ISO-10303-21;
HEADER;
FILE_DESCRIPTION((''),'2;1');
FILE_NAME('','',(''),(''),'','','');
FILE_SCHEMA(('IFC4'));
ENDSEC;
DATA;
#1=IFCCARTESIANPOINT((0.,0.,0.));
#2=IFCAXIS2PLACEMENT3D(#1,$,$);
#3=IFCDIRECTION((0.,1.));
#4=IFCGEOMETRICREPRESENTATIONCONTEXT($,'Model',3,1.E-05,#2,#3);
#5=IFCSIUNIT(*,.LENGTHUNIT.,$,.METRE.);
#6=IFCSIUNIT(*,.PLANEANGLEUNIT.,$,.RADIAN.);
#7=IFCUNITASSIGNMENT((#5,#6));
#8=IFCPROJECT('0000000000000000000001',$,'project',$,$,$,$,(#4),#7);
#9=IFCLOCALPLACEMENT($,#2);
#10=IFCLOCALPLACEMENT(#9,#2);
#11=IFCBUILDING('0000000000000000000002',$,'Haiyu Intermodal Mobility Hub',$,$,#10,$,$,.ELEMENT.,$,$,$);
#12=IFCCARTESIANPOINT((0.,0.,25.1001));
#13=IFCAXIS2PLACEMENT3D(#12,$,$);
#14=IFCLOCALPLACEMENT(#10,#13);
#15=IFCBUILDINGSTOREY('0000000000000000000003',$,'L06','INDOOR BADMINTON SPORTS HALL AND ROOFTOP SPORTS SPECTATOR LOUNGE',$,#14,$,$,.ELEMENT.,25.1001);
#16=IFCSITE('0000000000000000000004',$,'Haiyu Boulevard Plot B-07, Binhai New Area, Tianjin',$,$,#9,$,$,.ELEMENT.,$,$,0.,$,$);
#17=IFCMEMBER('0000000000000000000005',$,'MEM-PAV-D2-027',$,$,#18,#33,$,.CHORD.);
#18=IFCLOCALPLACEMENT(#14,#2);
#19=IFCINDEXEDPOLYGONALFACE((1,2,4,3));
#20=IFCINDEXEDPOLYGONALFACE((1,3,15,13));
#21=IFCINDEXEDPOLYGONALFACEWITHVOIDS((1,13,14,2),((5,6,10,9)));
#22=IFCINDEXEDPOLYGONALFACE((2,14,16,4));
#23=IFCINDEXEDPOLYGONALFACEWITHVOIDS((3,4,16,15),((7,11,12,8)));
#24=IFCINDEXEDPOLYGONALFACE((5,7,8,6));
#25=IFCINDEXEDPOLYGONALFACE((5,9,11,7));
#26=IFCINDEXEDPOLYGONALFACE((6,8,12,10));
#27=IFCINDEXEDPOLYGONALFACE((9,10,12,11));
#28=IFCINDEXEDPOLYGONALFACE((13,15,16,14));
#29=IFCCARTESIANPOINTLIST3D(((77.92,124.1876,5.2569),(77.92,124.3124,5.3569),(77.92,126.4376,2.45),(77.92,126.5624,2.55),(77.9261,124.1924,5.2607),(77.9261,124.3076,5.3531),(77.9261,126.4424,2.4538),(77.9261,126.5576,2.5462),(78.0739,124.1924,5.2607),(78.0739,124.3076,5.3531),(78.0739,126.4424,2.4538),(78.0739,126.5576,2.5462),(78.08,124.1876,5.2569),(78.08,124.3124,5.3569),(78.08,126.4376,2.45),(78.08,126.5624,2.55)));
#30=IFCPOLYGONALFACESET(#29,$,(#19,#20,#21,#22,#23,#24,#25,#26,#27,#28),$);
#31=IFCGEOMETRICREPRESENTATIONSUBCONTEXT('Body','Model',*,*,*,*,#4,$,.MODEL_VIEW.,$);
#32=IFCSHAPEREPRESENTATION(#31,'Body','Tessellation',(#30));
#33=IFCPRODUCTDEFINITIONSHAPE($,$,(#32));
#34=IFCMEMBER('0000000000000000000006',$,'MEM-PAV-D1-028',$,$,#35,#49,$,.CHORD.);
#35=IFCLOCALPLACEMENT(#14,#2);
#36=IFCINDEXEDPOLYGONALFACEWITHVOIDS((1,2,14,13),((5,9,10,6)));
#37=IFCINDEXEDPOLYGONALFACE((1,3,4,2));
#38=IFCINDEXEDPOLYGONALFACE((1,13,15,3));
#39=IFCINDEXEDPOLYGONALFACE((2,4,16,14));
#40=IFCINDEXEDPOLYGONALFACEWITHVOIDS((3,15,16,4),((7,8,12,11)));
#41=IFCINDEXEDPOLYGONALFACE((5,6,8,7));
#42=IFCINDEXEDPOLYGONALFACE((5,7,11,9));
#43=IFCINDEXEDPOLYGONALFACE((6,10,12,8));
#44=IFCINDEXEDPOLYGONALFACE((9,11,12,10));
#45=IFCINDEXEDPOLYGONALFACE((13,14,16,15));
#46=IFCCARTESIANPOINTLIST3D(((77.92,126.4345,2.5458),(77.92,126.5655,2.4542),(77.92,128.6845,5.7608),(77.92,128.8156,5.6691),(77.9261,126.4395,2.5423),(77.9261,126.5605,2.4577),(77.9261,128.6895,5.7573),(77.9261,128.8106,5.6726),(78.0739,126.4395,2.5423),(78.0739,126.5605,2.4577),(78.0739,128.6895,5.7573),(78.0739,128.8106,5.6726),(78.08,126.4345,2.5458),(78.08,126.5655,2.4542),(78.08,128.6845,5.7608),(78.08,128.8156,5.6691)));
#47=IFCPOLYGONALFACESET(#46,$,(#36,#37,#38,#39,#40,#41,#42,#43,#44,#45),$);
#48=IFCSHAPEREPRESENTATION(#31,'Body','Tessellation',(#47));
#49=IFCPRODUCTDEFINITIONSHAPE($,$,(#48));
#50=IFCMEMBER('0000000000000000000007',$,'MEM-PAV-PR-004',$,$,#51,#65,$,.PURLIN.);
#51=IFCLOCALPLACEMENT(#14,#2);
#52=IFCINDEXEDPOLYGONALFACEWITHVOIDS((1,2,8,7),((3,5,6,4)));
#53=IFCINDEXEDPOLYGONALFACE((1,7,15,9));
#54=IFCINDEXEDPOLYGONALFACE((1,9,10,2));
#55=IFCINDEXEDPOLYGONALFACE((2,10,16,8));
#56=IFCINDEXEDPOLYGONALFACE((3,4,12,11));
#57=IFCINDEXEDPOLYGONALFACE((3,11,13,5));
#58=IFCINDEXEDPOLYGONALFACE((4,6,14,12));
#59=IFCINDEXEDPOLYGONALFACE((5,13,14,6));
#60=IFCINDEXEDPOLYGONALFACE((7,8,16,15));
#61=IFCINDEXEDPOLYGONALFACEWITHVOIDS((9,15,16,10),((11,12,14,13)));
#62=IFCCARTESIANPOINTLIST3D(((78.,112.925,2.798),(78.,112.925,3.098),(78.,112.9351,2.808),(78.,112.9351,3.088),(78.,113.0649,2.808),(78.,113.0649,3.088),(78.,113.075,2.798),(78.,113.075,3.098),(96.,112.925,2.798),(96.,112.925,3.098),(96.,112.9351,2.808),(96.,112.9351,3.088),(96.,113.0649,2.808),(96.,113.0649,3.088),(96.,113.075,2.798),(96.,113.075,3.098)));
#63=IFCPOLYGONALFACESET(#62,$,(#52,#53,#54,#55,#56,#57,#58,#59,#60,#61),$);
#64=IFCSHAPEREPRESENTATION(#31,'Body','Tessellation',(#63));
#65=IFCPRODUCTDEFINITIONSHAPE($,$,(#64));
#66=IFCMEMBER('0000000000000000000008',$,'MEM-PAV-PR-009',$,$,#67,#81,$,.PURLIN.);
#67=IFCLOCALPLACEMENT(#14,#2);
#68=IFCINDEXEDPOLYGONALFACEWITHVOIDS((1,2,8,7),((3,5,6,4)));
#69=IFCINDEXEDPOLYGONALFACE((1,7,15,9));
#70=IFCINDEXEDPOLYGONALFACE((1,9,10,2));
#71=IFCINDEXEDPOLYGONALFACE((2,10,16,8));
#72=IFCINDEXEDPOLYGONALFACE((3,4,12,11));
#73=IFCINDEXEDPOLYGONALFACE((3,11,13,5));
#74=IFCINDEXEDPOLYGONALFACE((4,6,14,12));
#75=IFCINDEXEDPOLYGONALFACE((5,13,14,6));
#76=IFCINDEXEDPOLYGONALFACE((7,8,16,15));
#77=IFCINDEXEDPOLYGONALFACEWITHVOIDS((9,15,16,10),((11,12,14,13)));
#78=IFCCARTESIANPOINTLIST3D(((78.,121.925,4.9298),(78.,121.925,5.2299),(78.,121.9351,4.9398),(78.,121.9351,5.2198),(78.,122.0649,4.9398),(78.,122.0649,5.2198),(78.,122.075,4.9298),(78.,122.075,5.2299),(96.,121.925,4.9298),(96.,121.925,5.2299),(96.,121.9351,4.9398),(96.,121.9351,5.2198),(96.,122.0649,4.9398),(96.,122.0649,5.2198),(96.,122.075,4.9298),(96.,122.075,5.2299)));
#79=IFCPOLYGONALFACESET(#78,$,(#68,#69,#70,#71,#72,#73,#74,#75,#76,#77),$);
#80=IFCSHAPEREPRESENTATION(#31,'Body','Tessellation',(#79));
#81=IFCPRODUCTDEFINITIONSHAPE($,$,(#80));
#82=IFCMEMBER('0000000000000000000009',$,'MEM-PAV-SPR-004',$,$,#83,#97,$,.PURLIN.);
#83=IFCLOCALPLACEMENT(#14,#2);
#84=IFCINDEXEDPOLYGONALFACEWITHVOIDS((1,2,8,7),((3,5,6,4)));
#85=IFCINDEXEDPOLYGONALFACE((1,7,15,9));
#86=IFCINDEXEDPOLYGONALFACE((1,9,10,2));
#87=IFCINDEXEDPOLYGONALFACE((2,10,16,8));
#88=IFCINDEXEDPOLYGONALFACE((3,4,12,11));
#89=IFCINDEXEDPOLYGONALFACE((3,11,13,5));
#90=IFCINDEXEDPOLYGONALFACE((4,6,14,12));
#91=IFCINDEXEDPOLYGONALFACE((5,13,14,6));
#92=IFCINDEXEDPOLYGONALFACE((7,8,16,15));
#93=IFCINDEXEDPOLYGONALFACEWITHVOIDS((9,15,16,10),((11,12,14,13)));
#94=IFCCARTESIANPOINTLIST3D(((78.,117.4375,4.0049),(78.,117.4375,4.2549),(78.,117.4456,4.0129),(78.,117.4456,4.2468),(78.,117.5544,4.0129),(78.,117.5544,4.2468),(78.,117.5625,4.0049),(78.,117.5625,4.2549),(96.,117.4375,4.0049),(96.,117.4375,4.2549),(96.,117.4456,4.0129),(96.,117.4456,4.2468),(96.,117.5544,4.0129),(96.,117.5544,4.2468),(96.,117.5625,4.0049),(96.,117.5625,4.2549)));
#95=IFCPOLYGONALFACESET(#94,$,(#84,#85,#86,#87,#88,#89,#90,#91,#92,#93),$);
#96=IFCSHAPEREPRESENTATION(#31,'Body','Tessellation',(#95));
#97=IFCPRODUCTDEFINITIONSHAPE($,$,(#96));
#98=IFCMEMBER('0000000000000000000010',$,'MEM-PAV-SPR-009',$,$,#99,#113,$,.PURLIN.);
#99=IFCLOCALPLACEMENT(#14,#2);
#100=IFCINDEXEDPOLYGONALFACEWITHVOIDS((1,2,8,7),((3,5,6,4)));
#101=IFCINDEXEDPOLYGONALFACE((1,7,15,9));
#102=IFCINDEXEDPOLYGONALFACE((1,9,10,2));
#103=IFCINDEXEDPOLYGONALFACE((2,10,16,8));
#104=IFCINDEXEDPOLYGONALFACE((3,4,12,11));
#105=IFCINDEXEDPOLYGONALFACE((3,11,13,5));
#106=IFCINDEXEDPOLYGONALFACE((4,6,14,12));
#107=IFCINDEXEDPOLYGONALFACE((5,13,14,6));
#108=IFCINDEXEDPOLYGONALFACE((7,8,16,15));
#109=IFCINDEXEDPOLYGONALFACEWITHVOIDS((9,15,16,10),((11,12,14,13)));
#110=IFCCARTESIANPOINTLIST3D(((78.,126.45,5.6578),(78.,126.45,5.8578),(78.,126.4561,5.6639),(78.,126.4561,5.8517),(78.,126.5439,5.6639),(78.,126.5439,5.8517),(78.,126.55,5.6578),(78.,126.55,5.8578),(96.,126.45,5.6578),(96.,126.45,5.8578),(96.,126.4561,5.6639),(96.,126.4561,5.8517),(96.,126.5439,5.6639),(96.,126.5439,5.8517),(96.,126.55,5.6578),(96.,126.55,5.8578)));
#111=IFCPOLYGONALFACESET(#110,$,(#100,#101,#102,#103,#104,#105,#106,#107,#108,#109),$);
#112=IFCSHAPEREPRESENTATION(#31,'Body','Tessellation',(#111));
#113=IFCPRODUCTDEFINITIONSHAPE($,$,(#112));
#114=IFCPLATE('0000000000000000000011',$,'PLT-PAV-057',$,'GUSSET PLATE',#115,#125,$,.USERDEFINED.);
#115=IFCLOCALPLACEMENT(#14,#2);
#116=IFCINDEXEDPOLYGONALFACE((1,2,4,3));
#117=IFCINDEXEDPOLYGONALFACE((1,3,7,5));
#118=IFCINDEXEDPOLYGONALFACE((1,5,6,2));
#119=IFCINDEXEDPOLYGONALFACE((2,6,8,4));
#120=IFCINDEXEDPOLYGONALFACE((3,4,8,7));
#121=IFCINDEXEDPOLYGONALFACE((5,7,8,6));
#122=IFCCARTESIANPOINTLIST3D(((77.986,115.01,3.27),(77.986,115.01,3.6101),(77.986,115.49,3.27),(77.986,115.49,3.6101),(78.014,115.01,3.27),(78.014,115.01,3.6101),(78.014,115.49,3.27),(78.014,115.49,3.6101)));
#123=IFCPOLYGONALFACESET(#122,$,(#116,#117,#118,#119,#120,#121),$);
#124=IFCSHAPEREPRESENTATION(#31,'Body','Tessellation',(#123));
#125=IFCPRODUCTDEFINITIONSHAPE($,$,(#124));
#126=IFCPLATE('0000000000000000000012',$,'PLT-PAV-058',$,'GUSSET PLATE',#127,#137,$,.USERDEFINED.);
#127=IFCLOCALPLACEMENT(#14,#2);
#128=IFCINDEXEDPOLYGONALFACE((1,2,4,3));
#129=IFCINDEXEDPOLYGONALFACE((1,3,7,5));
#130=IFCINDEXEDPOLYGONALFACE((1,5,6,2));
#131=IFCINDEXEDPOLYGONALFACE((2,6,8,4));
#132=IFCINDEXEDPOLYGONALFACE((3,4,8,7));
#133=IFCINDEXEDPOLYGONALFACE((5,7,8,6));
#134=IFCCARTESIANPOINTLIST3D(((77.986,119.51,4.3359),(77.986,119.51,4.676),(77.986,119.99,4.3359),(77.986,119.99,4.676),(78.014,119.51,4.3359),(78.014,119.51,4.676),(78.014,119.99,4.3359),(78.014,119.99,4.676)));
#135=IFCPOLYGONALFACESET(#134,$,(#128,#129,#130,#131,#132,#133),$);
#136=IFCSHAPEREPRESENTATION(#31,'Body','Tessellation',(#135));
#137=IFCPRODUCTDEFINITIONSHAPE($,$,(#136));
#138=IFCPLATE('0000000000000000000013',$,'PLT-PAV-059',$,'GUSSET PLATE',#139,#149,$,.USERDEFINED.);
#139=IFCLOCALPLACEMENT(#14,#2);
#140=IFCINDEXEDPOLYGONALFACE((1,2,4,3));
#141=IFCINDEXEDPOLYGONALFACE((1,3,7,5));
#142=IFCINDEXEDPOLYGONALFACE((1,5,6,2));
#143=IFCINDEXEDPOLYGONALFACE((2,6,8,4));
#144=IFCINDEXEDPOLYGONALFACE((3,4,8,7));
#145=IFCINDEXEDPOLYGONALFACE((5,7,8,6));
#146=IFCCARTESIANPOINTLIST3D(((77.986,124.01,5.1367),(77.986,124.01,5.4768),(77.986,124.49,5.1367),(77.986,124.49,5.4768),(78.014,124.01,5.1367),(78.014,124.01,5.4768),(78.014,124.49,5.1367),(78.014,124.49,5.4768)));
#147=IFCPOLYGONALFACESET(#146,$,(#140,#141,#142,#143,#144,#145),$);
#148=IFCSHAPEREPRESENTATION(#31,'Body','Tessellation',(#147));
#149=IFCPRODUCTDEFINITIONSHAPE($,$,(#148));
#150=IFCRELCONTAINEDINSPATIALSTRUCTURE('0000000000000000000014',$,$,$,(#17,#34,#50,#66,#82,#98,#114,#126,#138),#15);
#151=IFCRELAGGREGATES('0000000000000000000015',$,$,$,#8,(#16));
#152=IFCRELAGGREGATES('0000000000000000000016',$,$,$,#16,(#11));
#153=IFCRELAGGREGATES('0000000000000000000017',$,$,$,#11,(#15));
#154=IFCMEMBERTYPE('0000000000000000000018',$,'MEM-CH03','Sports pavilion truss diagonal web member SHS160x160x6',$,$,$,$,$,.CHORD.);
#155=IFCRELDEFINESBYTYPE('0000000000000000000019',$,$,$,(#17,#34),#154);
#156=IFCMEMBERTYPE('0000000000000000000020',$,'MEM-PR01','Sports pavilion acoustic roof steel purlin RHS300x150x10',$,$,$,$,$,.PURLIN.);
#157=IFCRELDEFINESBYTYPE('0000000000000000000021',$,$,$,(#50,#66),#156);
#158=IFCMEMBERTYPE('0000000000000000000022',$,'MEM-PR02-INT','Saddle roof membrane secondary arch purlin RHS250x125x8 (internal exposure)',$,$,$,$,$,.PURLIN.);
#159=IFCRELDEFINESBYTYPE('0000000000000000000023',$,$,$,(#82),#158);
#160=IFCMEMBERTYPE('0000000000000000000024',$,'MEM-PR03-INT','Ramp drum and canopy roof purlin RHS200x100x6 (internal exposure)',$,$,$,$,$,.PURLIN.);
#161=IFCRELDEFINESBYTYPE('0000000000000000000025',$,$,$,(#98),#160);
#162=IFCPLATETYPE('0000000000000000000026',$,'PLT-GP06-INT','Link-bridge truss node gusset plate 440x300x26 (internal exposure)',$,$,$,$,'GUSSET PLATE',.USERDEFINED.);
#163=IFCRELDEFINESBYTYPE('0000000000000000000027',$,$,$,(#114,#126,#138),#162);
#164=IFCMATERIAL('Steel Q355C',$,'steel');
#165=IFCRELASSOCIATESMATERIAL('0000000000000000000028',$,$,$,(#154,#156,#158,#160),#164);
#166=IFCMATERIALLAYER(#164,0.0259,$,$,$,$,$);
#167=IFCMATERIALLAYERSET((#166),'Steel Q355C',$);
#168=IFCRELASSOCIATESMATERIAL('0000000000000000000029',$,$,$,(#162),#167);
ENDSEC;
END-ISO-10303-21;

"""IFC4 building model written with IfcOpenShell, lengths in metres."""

from ifc_helpers import new_model, si_unit, direction, frame, origin, origin_2d, place, context, subcontext, project, spatial, rectangle, hollow_rectangle, extrude, material, layer, layer_set, material_profile, profile_set, type_object, element, save


model = new_model("IFC4")

# Units and contexts
model_context = context("Model", 3, precision=1e-05, world=origin(), true_north=direction((0.0, 1.0)))
body_context = subcontext(model_context, "Body", "Model", "MODEL_VIEW")
ifc_project = project(units=[si_unit("LENGTHUNIT", "METRE"), si_unit("PLANEANGLEUNIT", "RADIAN")], contexts=[model_context])

# Site, building, storey
site_placement = place(None, origin())
site = spatial("IfcSite", under=ifc_project, at=site_placement, Name="Haiyu Boulevard Plot B-07, Binhai New Area, Tianjin", CompositionType="ELEMENT", RefElevation=0.0)
building_placement = place(site_placement, origin())
building = spatial("IfcBuilding", under=site, at=building_placement, Name="Haiyu Intermodal Mobility Hub", CompositionType="ELEMENT")
storey_placement = place(building_placement, frame((0.0, 0.0, 25.1001)))
storey = spatial("IfcBuildingStorey", under=building, at=storey_placement, Name="L06", Description="INDOOR BADMINTON SPORTS HALL AND ROOFTOP SPORTS SPECTATOR LOUNGE", CompositionType="ELEMENT", Elevation=25.1001)

# Shared definitions
ifc_material_1 = material(Name="Steel Q355C", Category="steel")

# Members
ifc_material_profile_1 = material_profile(ifc_material_1, hollow_rectangle(XDim=0.1599, YDim=0.1599, WallThickness=0.0061, at=origin_2d()), Name="SHS160x160x6")
ifc_profile_set_1 = profile_set([ifc_material_profile_1], Name="Steel Q355C")
member_type_1 = type_object("IfcMemberType", Name="MEM-CH03", Description="Sports pavilion truss diagonal web member SHS160x160x6", PredefinedType="CHORD", material=ifc_profile_set_1)
for number, where, z_axis, x_axis, name in (
    (1, (78.0, 124.25, 5.3069), (0.0, 0.625456, -0.780259), (-1.0, 0.0, 0.0), "MEM-PAV-D2-027"),
):
    element("IfcMember", number, at=place(storey_placement, frame(where, z_axis=z_axis, x_axis=x_axis)), inside=storey, type_object=member_type_1, Name=name, PredefinedType="CHORD", context=body_context, shape_type="SweptSolid", body=[
        extrude(hollow_rectangle(XDim=0.1599, YDim=0.1599, WallThickness=0.0061, at=origin_2d()), origin(), (0.0, 0.0, 1.0), 3.5974),
    ])
member_1_placement = place(storey_placement, frame((78.0, 126.5, 2.5), z_axis=(0.0, 0.573396, 0.819279), x_axis=(-1.0, 0.0, 0.0)))
element("IfcMember", 2, at=member_1_placement, inside=storey, type_object=member_type_1, Name="MEM-PAV-D1-028", PredefinedType="CHORD", context=body_context, shape_type="SweptSolid", body=[
    extrude(hollow_rectangle(XDim=0.1599, YDim=0.1599, WallThickness=0.0061, at=origin_2d()), origin(), (0.0, 0.0, 1.0), 3.9241),
])
ifc_material_profile_2 = material_profile(ifc_material_1, hollow_rectangle(XDim=0.1499, YDim=0.3, WallThickness=0.01, at=origin_2d()), Name="RHS300x150x10")
ifc_profile_set_2 = profile_set([ifc_material_profile_2], Name="Steel Q355C")
member_type_2 = type_object("IfcMemberType", Name="MEM-PR01", Description="Sports pavilion acoustic roof steel purlin RHS300x150x10", PredefinedType="PURLIN", material=ifc_profile_set_2)
for number, where, z_axis, x_axis, name in (
    (3, (78.0, 113.0, 2.948), (1.0, 0.0, 0.0), (0.0, 1.0, 0.0), "MEM-PAV-PR-004"),
    (4, (78.0, 122.0, 5.0798), (1.0, 0.0, 0.0), (0.0, 1.0, 0.0), "MEM-PAV-PR-009"),
):
    element("IfcMember", number, at=place(storey_placement, frame(where, z_axis=z_axis, x_axis=x_axis)), inside=storey, type_object=member_type_2, Name=name, PredefinedType="PURLIN", context=body_context, shape_type="SweptSolid", body=[
        extrude(hollow_rectangle(XDim=0.1499, YDim=0.3, WallThickness=0.01, at=origin_2d()), origin(), (0.0, 0.0, 1.0), 18.0),
    ])
ifc_material_profile_3 = material_profile(ifc_material_1, hollow_rectangle(XDim=0.125, YDim=0.25, WallThickness=0.0081, at=origin_2d()), Name="RHS250x125x8")
ifc_profile_set_3 = profile_set([ifc_material_profile_3], Name="Steel Q355C")
member_type_3 = type_object("IfcMemberType", Name="MEM-PR02-INT", Description="Saddle roof membrane secondary arch purlin RHS250x125x8 (internal exposure)", PredefinedType="PURLIN", material=ifc_profile_set_3)
member_2_placement = place(storey_placement, frame((78.0, 117.5, 4.1299), z_axis=(1.0, 0.0, 0.0), x_axis=(0.0, 1.0, 0.0)))
element("IfcMember", 5, at=member_2_placement, inside=storey, type_object=member_type_3, Name="MEM-PAV-SPR-004", PredefinedType="PURLIN", context=body_context, shape_type="SweptSolid", body=[
    extrude(hollow_rectangle(XDim=0.125, YDim=0.25, WallThickness=0.0081, at=origin_2d()), origin(), (0.0, 0.0, 1.0), 18.0),
])
ifc_material_profile_4 = material_profile(ifc_material_1, hollow_rectangle(XDim=0.1001, YDim=0.2, WallThickness=0.0061, at=origin_2d()), Name="RHS200x100x6")
ifc_profile_set_4 = profile_set([ifc_material_profile_4], Name="Steel Q355C")
member_type_4 = type_object("IfcMemberType", Name="MEM-PR03-INT", Description="Ramp drum and canopy roof purlin RHS200x100x6 (internal exposure)", PredefinedType="PURLIN", material=ifc_profile_set_4)
member_3_placement = place(storey_placement, frame((78.0, 126.5, 5.7578), z_axis=(1.0, 0.0, 0.0), x_axis=(0.0, 1.0, 0.0)))
element("IfcMember", 6, at=member_3_placement, inside=storey, type_object=member_type_4, Name="MEM-PAV-SPR-009", PredefinedType="PURLIN", context=body_context, shape_type="SweptSolid", body=[
    extrude(hollow_rectangle(XDim=0.1001, YDim=0.2, WallThickness=0.0061, at=origin_2d()), origin(), (0.0, 0.0, 1.0), 18.0),
])

# Plates
ifc_layer_1 = layer(ifc_material_1, 0.0259)
ifc_layer_set_1 = layer_set([ifc_layer_1], Name="Steel Q355C")
plate_type = type_object("IfcPlateType", Name="PLT-GP06-INT", Description="Link-bridge truss node gusset plate 440x300x26 (internal exposure)", ElementType="GUSSET PLATE", PredefinedType="USERDEFINED", material=ifc_layer_set_1)
for number, where, z_axis, x_axis, name in (
    (7, (78.0, 115.25, 3.27), (0.0, 0.0, 1.0), (1.0, 0.0, 0.0), "PLT-PAV-057"),
    (8, (78.0, 119.75, 4.3359), (0.0, 0.0, 1.0), (1.0, 0.0, 0.0), "PLT-PAV-058"),
    (9, (78.0, 124.25, 5.1367), (0.0, 0.0, 1.0), (1.0, 0.0, 0.0), "PLT-PAV-059"),
):
    element("IfcPlate", number, at=place(storey_placement, frame(where, z_axis=z_axis, x_axis=x_axis)), inside=storey, type_object=plate_type, Name=name, ObjectType="GUSSET PLATE", PredefinedType="USERDEFINED", context=body_context, shape_type="SweptSolid", body=[
        extrude(rectangle(XDim=0.0281, YDim=0.48, at=origin_2d()), origin(), (0.0, 0.0, 1.0), 0.3401),
    ])

save(model, "model.ifc")
